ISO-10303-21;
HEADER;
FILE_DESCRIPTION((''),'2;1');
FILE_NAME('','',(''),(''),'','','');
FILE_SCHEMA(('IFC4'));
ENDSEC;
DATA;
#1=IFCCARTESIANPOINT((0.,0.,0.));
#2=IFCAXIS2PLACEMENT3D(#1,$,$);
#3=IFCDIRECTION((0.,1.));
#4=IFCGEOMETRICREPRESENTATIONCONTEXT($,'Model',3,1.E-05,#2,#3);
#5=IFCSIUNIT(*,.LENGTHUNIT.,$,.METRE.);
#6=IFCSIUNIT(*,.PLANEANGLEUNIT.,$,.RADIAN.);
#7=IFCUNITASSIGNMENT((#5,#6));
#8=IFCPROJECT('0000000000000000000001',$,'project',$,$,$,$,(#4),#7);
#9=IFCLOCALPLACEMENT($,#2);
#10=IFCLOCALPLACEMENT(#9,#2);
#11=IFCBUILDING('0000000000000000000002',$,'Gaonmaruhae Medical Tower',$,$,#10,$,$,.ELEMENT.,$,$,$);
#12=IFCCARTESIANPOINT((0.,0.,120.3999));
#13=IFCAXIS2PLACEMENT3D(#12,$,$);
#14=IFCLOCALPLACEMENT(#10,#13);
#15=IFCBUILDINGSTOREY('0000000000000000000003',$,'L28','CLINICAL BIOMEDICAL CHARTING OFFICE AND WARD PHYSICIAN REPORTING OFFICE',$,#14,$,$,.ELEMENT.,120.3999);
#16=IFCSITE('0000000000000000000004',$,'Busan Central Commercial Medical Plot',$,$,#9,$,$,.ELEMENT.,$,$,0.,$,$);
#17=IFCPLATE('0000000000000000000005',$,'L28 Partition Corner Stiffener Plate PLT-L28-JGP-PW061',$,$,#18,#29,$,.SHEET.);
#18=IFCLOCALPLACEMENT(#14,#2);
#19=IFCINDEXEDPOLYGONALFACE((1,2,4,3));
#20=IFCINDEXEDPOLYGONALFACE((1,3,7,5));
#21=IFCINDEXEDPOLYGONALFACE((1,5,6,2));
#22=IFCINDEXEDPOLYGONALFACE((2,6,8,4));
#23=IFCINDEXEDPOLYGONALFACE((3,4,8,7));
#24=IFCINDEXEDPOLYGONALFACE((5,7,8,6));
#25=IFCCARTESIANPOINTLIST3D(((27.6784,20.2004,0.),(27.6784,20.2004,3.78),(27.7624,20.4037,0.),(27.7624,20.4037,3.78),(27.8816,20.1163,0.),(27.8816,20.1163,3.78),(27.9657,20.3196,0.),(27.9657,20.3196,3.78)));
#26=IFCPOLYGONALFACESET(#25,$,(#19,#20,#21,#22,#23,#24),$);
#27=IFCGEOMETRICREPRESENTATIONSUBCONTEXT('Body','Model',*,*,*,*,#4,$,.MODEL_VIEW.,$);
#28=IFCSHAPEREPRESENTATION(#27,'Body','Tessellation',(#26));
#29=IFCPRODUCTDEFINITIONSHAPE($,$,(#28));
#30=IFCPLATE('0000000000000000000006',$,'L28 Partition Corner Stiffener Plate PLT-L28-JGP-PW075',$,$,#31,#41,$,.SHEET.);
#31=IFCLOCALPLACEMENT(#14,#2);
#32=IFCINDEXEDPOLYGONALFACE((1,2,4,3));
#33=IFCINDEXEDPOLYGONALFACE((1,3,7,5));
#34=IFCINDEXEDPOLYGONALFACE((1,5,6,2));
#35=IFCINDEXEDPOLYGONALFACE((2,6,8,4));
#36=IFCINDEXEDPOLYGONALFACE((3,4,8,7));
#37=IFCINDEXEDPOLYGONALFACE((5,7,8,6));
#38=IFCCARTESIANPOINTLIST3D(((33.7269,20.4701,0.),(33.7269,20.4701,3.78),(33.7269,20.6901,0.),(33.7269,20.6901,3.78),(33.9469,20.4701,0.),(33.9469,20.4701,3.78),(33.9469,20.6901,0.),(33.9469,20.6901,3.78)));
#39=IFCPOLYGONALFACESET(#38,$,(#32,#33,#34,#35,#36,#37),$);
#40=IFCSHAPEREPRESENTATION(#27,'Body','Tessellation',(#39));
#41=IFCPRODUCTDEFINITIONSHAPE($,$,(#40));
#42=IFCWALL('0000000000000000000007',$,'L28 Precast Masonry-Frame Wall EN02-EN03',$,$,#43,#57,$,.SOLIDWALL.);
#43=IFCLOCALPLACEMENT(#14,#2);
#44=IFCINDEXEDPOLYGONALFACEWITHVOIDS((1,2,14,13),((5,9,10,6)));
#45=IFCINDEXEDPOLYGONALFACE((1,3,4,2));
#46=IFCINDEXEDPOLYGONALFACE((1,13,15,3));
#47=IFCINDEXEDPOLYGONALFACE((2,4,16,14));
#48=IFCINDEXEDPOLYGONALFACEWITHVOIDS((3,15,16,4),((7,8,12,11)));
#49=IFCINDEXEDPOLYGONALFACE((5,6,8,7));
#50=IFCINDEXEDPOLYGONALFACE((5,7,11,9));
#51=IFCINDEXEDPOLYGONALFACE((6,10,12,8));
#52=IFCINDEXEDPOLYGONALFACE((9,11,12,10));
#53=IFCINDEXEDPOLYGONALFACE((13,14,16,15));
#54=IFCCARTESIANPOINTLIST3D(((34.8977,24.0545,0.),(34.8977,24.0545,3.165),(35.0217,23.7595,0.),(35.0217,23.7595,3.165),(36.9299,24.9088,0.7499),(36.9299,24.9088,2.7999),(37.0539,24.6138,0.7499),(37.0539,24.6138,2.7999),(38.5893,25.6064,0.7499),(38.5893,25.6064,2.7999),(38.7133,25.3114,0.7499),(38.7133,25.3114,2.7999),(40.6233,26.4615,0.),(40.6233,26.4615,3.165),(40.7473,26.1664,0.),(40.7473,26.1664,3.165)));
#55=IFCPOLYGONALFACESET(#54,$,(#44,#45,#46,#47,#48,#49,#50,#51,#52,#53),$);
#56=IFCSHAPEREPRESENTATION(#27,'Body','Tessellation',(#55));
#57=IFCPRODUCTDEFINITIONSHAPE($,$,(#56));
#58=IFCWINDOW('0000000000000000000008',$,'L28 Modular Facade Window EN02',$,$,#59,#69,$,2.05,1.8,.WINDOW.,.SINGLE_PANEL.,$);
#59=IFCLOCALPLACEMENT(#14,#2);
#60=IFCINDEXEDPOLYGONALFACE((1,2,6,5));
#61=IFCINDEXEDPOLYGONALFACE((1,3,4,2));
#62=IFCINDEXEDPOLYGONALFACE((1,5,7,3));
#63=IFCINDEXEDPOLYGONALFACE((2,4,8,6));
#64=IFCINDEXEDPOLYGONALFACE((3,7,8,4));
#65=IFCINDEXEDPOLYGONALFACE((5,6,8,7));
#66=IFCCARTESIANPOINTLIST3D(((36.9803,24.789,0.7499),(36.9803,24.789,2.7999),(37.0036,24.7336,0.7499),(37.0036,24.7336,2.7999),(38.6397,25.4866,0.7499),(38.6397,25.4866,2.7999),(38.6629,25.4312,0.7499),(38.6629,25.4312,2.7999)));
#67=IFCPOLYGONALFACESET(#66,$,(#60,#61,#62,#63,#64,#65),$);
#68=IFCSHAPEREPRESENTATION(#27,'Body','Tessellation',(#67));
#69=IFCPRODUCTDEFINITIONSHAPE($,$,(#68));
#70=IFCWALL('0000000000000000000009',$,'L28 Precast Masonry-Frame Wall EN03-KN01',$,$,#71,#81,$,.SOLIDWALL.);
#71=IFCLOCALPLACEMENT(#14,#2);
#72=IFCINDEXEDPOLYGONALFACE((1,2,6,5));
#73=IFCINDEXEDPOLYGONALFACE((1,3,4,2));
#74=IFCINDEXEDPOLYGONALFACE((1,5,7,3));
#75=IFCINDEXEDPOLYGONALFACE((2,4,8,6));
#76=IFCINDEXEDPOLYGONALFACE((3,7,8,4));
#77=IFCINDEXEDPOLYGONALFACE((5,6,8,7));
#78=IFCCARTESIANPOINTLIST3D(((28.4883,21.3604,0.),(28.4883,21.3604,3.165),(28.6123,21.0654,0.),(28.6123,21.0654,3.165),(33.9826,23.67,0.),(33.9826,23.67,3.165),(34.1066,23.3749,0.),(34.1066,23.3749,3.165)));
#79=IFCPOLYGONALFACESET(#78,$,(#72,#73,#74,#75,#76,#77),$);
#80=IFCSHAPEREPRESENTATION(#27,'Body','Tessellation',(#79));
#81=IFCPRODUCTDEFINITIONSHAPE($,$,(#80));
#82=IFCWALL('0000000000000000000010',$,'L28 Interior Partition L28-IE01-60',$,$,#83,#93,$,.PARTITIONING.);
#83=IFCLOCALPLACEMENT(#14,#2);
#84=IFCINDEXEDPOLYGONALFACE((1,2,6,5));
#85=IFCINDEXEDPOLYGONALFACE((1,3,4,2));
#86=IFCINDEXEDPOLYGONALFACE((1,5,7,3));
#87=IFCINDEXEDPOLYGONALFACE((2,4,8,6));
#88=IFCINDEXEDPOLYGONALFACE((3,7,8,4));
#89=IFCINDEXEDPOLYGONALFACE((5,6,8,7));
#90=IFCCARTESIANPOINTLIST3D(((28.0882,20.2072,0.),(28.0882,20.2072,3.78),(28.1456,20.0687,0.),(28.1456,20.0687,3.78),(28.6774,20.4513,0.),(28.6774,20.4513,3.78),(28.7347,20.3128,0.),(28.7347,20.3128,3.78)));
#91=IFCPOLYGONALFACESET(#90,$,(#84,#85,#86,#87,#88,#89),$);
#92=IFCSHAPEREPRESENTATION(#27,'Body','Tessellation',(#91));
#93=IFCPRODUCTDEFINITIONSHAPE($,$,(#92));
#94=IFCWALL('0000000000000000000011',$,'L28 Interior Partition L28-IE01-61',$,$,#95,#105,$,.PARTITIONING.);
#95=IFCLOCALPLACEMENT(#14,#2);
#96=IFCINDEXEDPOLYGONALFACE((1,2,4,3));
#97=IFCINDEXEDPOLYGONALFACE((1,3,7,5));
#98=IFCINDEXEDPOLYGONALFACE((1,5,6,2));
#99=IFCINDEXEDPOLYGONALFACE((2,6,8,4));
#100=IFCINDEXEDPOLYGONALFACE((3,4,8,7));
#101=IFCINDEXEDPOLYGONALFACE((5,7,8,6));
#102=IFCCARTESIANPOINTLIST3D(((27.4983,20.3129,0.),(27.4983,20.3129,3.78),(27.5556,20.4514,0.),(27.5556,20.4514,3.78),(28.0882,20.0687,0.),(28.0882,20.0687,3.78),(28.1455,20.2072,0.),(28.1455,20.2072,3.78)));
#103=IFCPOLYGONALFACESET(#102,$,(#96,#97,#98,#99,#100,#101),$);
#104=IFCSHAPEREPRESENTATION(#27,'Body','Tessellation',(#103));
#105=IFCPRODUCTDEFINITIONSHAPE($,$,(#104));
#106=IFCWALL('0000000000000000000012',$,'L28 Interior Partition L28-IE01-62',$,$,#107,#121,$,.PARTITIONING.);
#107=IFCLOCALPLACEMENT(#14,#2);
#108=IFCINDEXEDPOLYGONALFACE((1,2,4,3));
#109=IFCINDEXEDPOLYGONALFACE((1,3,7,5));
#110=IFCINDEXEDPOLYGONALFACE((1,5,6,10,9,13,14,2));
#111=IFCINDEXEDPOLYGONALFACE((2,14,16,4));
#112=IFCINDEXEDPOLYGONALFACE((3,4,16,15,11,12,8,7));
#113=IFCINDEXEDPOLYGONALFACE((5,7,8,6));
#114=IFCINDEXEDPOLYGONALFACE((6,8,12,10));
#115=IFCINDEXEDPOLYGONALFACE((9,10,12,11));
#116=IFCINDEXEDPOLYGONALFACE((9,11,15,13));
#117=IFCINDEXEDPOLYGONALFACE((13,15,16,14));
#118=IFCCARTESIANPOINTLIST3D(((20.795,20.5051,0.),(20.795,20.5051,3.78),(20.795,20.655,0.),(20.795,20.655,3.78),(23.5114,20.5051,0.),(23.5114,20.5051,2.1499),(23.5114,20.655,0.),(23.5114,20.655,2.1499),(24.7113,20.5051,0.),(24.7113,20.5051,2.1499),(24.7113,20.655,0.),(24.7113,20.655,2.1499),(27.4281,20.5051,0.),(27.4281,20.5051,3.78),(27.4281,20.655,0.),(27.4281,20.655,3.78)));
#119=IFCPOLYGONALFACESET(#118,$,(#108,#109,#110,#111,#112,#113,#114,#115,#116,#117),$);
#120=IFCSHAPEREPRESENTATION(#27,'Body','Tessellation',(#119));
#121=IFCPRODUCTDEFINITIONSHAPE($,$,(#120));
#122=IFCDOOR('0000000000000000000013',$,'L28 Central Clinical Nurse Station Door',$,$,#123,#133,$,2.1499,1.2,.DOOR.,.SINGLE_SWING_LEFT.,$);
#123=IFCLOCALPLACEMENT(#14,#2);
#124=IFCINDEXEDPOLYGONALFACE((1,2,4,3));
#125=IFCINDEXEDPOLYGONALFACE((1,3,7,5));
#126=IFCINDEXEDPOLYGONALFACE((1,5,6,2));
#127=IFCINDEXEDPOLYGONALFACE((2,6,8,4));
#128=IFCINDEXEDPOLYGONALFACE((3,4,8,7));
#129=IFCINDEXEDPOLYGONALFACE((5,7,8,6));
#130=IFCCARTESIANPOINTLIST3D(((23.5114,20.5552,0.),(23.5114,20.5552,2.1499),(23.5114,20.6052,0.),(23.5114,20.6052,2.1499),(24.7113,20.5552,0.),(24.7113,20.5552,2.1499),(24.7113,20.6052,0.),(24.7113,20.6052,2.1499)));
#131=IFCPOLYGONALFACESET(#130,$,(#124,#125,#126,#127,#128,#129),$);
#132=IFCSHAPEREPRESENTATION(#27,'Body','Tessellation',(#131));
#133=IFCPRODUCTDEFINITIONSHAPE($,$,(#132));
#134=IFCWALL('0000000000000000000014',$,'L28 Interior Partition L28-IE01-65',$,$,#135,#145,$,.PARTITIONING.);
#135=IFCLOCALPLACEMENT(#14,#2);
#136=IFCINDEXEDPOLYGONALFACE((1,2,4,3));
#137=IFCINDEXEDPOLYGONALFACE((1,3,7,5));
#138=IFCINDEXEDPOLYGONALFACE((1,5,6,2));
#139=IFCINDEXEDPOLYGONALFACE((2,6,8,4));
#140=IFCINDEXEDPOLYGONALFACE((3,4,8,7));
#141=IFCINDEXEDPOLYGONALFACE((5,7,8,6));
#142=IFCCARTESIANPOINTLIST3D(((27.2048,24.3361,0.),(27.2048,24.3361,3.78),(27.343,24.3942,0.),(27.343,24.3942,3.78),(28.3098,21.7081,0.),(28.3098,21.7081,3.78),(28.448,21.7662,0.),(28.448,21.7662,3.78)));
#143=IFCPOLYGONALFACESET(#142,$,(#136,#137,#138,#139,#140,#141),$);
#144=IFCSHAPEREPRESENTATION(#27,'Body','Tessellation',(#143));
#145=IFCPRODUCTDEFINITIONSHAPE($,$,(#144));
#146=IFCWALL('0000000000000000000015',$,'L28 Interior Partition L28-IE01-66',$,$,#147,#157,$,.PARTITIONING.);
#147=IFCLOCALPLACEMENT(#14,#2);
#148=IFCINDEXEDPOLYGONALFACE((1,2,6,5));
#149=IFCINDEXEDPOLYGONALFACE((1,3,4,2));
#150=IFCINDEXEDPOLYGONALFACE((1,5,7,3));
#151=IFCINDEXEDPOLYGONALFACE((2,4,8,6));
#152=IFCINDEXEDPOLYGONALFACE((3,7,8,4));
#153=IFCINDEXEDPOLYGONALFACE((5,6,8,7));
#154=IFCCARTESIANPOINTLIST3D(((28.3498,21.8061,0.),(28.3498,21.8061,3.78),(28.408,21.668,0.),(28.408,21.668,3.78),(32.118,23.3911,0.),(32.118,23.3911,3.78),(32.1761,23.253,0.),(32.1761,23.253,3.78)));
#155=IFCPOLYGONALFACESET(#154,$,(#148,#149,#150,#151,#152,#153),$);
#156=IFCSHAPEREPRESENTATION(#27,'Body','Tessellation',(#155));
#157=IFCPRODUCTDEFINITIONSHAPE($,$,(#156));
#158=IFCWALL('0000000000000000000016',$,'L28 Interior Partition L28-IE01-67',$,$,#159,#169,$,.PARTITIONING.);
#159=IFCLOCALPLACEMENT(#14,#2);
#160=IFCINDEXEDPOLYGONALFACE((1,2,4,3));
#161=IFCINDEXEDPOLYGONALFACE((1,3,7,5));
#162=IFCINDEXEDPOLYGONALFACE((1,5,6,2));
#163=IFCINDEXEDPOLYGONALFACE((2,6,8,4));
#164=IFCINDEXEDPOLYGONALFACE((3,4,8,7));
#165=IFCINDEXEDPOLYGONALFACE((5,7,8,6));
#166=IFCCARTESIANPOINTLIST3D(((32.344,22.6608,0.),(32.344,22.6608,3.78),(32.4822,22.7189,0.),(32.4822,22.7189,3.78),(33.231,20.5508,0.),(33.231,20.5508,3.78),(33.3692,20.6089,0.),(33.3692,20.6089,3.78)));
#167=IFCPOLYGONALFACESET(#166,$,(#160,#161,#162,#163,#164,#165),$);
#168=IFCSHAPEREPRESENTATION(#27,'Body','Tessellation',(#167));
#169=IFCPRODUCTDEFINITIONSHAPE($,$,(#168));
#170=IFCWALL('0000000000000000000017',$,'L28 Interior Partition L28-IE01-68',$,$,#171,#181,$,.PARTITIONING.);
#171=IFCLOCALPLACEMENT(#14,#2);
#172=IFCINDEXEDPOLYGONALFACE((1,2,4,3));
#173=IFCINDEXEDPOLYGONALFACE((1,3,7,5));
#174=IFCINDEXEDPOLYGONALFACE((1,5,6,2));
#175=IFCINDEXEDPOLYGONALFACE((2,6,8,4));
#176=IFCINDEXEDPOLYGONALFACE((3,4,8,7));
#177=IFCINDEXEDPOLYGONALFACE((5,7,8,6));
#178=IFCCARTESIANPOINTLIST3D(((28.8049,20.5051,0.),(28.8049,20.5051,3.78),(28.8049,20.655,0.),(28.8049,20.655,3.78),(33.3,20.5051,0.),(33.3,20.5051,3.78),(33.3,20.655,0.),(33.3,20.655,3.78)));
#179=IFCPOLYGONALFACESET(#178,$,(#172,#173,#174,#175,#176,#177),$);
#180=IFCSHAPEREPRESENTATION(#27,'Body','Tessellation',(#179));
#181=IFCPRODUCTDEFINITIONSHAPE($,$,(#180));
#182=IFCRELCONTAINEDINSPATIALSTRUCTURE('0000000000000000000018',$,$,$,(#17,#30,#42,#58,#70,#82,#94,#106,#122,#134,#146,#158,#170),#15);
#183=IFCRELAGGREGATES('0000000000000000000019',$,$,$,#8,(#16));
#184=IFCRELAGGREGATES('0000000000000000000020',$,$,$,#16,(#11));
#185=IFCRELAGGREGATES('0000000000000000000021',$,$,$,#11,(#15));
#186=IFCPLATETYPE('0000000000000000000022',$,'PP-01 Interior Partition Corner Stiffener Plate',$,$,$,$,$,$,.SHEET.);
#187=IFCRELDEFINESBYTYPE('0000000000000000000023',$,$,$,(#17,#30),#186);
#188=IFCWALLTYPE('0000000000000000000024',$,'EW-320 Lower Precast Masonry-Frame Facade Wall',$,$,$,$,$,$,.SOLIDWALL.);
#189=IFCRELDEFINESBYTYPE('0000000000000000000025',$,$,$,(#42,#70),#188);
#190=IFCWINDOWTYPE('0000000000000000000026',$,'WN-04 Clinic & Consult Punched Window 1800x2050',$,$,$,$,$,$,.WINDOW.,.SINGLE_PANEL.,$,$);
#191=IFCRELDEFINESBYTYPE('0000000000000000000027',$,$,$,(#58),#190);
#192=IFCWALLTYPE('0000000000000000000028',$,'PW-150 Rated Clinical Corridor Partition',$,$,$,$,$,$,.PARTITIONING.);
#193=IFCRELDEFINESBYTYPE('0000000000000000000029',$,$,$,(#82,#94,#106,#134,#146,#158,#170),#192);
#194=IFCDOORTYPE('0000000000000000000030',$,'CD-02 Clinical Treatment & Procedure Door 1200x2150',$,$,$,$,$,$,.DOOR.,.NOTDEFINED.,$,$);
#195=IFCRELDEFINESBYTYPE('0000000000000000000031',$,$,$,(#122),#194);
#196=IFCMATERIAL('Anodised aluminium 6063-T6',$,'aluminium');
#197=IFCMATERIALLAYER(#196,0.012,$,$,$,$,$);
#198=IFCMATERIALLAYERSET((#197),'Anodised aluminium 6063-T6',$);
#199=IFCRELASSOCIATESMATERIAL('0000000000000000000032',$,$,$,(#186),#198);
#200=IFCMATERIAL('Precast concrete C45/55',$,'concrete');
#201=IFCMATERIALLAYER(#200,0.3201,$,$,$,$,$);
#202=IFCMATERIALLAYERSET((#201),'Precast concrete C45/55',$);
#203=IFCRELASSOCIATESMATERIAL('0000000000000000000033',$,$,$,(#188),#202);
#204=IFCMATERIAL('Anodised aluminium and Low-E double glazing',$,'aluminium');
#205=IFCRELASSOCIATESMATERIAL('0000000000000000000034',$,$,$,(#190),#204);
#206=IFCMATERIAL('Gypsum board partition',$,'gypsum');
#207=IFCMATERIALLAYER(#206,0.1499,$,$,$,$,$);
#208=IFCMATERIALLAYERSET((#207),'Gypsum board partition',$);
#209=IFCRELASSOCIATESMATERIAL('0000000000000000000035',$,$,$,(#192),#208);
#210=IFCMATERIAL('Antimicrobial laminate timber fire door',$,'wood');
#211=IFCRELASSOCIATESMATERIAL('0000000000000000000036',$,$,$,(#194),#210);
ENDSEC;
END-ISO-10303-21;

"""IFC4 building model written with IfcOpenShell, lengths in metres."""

from ifc_helpers import new_model, si_unit, direction, frame, frame_2d, origin, origin_2d, place, context, subcontext, project, spatial, rectangle, extrude, material, layer, layer_set, type_object, element, fill, save


model = new_model("IFC4")

# Units and contexts
model_context = context("Model", 3, precision=1e-05, world=origin(), true_north=direction((0.0, 1.0)))
body_context = subcontext(model_context, "Body", "Model", "MODEL_VIEW")
ifc_project = project(units=[si_unit("LENGTHUNIT", "METRE"), si_unit("PLANEANGLEUNIT", "RADIAN")], contexts=[model_context])

# Site, building, storey
site_placement = place(None, origin())
site = spatial("IfcSite", under=ifc_project, at=site_placement, Name="Busan Central Commercial Medical Plot", CompositionType="ELEMENT", RefElevation=0.0)
building_placement = place(site_placement, origin())
building = spatial("IfcBuilding", under=site, at=building_placement, Name="Gaonmaruhae Medical Tower", CompositionType="ELEMENT")
storey_placement = place(building_placement, frame((0.0, 0.0, 120.3999)))
storey = spatial("IfcBuildingStorey", under=building, at=storey_placement, Name="L28", Description="CLINICAL BIOMEDICAL CHARTING OFFICE AND WARD PHYSICIAN REPORTING OFFICE", CompositionType="ELEMENT", Elevation=120.3999)

# Plates
ifc_material_1 = material(Name="Anodised aluminium 6063-T6", Category="aluminium")
ifc_layer_1 = layer(ifc_material_1, 0.012)
ifc_layer_set_1 = layer_set([ifc_layer_1], Name="Anodised aluminium 6063-T6")
plate_type = type_object("IfcPlateType", Name="PP-01 Interior Partition Corner Stiffener Plate", PredefinedType="SHEET", material=ifc_layer_set_1)
for number, where, z_axis, x_axis, name in (
    (1, (27.822, 20.26, 0.0), (0.0, 0.0, 1.0), (-0.924093, 0.382167, 0.0), "L28 Partition Corner Stiffener Plate PLT-L28-JGP-PW061"),
    (2, (33.8369, 20.5801, 0.0), (0.0, 0.0, 1.0), (-1.0, 0.0, 0.0), "L28 Partition Corner Stiffener Plate PLT-L28-JGP-PW075"),
):
    element("IfcPlate", number, at=place(storey_placement, frame(where, z_axis=z_axis, x_axis=x_axis)), inside=storey, type_object=plate_type, Name=name, PredefinedType="SHEET", context=body_context, shape_type="SweptSolid", body=[
        extrude(rectangle(XDim=0.22, YDim=0.22, at=origin_2d()), origin(), (0.0, 0.0, 1.0), 3.78),
    ])

# Wall, opening, window
ifc_material_2 = material(Name="Precast concrete C45/55", Category="concrete")
ifc_layer_2 = layer(ifc_material_2, 0.3201)
ifc_layer_set_2 = layer_set([ifc_layer_2], Name="Precast concrete C45/55")
wall_type_1 = type_object("IfcWallType", Name="EW-320 Lower Precast Masonry-Frame Facade Wall", PredefinedType="SOLIDWALL", material=ifc_layer_set_2)
wall_1_placement = place(storey_placement, frame((34.9597, 23.907, 0.0), z_axis=(0.0, 0.0, 1.0), x_axis=(0.921854, 0.387539, 0.0)))
wall_1 = element("IfcWall", 3, at=wall_1_placement, inside=storey, type_object=wall_type_1, Name="L28 Precast Masonry-Frame Wall EN02-EN03", PredefinedType="SOLIDWALL", context=body_context, shape_type="SweptSolid", body=[
    extrude(rectangle(XDim=6.2109, YDim=0.3201, at=frame_2d((3.1055, 0.0))), origin(), (0.0, 0.0, 1.0), 3.165),
])
opening_1_placement = place(wall_1_placement, frame((2.2046, 0.0, 0.75)))
opening_1 = element("IfcOpeningElement", 4, at=opening_1_placement, cuts=wall_1, PredefinedType="OPENING", context=body_context, shape_type="SweptSolid", body=[
    extrude(rectangle(XDim=1.8, YDim=2.05, at=frame_2d((0.8999, 1.0249))), frame((0.0, 0.1699, 0.0), z_axis=(0.0, -1.0, 0.0), x_axis=(1.0, 0.0, 0.0)), (0.0, 0.0, 1.0), 0.3401),
])
ifc_material_3 = material(Name="Anodised aluminium and Low-E double glazing", Category="aluminium")
window_type = type_object("IfcWindowType", Name="WN-04 Clinic & Consult Punched Window 1800x2050", PartitioningType="SINGLE_PANEL", PredefinedType="WINDOW", material=ifc_material_3)
window_placement = place(opening_1_placement, origin())
window = element("IfcWindow", 5, at=window_placement, inside=storey, type_object=window_type, Name="L28 Modular Facade Window EN02", OverallHeight=2.05, OverallWidth=1.8, PartitioningType="SINGLE_PANEL", PredefinedType="WINDOW", context=body_context, shape_type="SweptSolid", body=[
    extrude(rectangle(XDim=1.8, YDim=2.05, at=frame_2d((0.8999, 1.0249))), frame((0.0, 0.03, 0.0), z_axis=(0.0, -1.0, 0.0), x_axis=(1.0, 0.0, 0.0)), (0.0, 0.0, 1.0), 0.0601),
])
fill(opening_1, window)

# Wall
wall_2_placement = place(storey_placement, frame((28.5503, 21.2129, 0.0), z_axis=(0.0, 0.0, 1.0), x_axis=(0.921867, 0.387508, 0.0)))
element("IfcWall", 6, at=wall_2_placement, inside=storey, type_object=wall_type_1, Name="L28 Precast Masonry-Frame Wall EN03-KN01", PredefinedType="SOLIDWALL", context=body_context, shape_type="SweptSolid", body=[
    extrude(rectangle(XDim=5.96, YDim=0.3201, at=frame_2d((2.98, 0.0))), origin(), (0.0, 0.0, 1.0), 3.165),
])

# Shared definitions
ifc_material_4 = material(Name="Gypsum board partition", Category="gypsum")
ifc_layer_3 = layer(ifc_material_4, 0.1499)
ifc_layer_set_3 = layer_set([ifc_layer_3], Name="Gypsum board partition")
wall_type_2 = type_object("IfcWallType", Name="PW-150 Rated Clinical Corridor Partition", PredefinedType="PARTITIONING", material=ifc_layer_set_3)
ifc_material_5 = material(Name="Antimicrobial laminate timber fire door", Category="wood")
door_type = type_object("IfcDoorType", Name="CD-02 Clinical Treatment & Procedure Door 1200x2150", OperationType="NOTDEFINED", PredefinedType="DOOR", material=ifc_material_5)

# Walls
wall_3_placement = place(storey_placement, frame((28.7061, 20.3821, 0.0), z_axis=(0.0, 0.0, 1.0), x_axis=(-0.923811, -0.382848, 0.0)))
element("IfcWall", 7, at=wall_3_placement, inside=storey, type_object=wall_type_2, Name="L28 Interior Partition L28-IE01-60", PredefinedType="PARTITIONING", context=body_context, shape_type="SweptSolid", body=[
    extrude(rectangle(XDim=0.6377, YDim=0.1499, at=frame_2d((0.3188, 0.0))), origin(), (0.0, 0.0, 1.0), 3.78),
])
wall_4_placement = place(storey_placement, frame((28.1169, 20.1379, 0.0), z_axis=(0.0, 0.0, 1.0), x_axis=(-0.92398, 0.382442, 0.0)))
element("IfcWall", 8, at=wall_4_placement, inside=storey, type_object=wall_type_2, Name="L28 Interior Partition L28-IE01-61", PredefinedType="PARTITIONING", context=body_context, shape_type="SweptSolid", body=[
    extrude(rectangle(XDim=0.6384, YDim=0.1499, at=frame_2d((0.3193, 0.0))), origin(), (0.0, 0.0, 1.0), 3.78),
])

# Wall, opening, door
wall_5_placement = place(storey_placement, frame((27.428, 20.5801, 0.0), z_axis=(0.0, 0.0, 1.0), x_axis=(-1.0, 0.0, 0.0)))
wall_5 = element("IfcWall", 9, at=wall_5_placement, inside=storey, type_object=wall_type_2, Name="L28 Interior Partition L28-IE01-62", PredefinedType="PARTITIONING", context=body_context, shape_type="SweptSolid", body=[
    extrude(rectangle(XDim=6.6331, YDim=0.1499, at=frame_2d((3.3164, 0.0))), origin(), (0.0, 0.0, 1.0), 3.78),
])
opening_2_placement = place(wall_5_placement, frame((2.7166, 0.0, 0.0)))
opening_2 = element("IfcOpeningElement", 10, at=opening_2_placement, cuts=wall_5, PredefinedType="OPENING", context=body_context, shape_type="SweptSolid", body=[
    extrude(rectangle(XDim=1.2, YDim=2.1499, at=frame_2d((0.6001, 1.075))), frame((0.0, 0.085, 0.0), z_axis=(0.0, -1.0, 0.0), x_axis=(1.0, 0.0, 0.0)), (0.0, 0.0, 1.0), 0.1699),
])
door_1_placement = place(opening_2_placement, origin())
door_1 = element("IfcDoor", 11, at=door_1_placement, inside=storey, type_object=door_type, Name="L28 Central Clinical Nurse Station Door", OperationType="SINGLE_SWING_LEFT", OverallHeight=2.1499, OverallWidth=1.2, PredefinedType="DOOR", context=body_context, shape_type="SweptSolid", body=[
    extrude(rectangle(XDim=1.2, YDim=2.1499, at=frame_2d((0.6001, 1.075))), frame((0.0, 0.0249, 0.0), z_axis=(0.0, -1.0, 0.0), x_axis=(1.0, 0.0, 0.0)), (0.0, 0.0, 1.0), 0.05),
])
fill(opening_2, door_1)

# Walls
wall_6_placement = place(storey_placement, frame((27.2739, 24.365, 0.0), z_axis=(0.0, 0.0, 1.0), x_axis=(0.387605, -0.921825, 0.0)))
element("IfcWall", 12, at=wall_6_placement, inside=storey, type_object=wall_type_2, Name="L28 Interior Partition L28-IE01-65", PredefinedType="PARTITIONING", context=body_context, shape_type="SweptSolid", body=[
    extrude(rectangle(XDim=2.8508, YDim=0.1499, at=frame_2d((1.4253, 0.0))), origin(), (0.0, 0.0, 1.0), 3.78),
])
wall_7_placement = place(storey_placement, frame((28.3789, 21.7371, 0.0), z_axis=(0.0, 0.0, 1.0), x_axis=(0.921775, 0.387726, 0.0)))
element("IfcWall", 13, at=wall_7_placement, inside=storey, type_object=wall_type_2, Name="L28 Interior Partition L28-IE01-66", PredefinedType="PARTITIONING", context=body_context, shape_type="SweptSolid", body=[
    extrude(rectangle(XDim=4.0879, YDim=0.1499, at=frame_2d((2.0439, 0.0))), origin(), (0.0, 0.0, 1.0), 3.78),
])
wall_8_placement = place(storey_placement, frame((32.4131, 22.6899, 0.0), z_axis=(0.0, 0.0, 1.0), x_axis=(0.387537, -0.921854, 0.0)))
element("IfcWall", 14, at=wall_8_placement, inside=storey, type_object=wall_type_2, Name="L28 Interior Partition L28-IE01-67", PredefinedType="PARTITIONING", context=body_context, shape_type="SweptSolid", body=[
    extrude(rectangle(XDim=2.2888, YDim=0.1499, at=frame_2d((1.1445, 0.0))), origin(), (0.0, 0.0, 1.0), 3.78),
])
wall_9_placement = place(storey_placement, frame((33.3, 20.5801, 0.0), z_axis=(0.0, 0.0, 1.0), x_axis=(-1.0, 0.0, 0.0)))
element("IfcWall", 15, at=wall_9_placement, inside=storey, type_object=wall_type_2, Name="L28 Interior Partition L28-IE01-68", PredefinedType="PARTITIONING", context=body_context, shape_type="SweptSolid", body=[
    extrude(rectangle(XDim=4.4951, YDim=0.1499, at=frame_2d((2.2476, 0.0))), origin(), (0.0, 0.0, 1.0), 3.78),
])

save(model, "model.ifc")
